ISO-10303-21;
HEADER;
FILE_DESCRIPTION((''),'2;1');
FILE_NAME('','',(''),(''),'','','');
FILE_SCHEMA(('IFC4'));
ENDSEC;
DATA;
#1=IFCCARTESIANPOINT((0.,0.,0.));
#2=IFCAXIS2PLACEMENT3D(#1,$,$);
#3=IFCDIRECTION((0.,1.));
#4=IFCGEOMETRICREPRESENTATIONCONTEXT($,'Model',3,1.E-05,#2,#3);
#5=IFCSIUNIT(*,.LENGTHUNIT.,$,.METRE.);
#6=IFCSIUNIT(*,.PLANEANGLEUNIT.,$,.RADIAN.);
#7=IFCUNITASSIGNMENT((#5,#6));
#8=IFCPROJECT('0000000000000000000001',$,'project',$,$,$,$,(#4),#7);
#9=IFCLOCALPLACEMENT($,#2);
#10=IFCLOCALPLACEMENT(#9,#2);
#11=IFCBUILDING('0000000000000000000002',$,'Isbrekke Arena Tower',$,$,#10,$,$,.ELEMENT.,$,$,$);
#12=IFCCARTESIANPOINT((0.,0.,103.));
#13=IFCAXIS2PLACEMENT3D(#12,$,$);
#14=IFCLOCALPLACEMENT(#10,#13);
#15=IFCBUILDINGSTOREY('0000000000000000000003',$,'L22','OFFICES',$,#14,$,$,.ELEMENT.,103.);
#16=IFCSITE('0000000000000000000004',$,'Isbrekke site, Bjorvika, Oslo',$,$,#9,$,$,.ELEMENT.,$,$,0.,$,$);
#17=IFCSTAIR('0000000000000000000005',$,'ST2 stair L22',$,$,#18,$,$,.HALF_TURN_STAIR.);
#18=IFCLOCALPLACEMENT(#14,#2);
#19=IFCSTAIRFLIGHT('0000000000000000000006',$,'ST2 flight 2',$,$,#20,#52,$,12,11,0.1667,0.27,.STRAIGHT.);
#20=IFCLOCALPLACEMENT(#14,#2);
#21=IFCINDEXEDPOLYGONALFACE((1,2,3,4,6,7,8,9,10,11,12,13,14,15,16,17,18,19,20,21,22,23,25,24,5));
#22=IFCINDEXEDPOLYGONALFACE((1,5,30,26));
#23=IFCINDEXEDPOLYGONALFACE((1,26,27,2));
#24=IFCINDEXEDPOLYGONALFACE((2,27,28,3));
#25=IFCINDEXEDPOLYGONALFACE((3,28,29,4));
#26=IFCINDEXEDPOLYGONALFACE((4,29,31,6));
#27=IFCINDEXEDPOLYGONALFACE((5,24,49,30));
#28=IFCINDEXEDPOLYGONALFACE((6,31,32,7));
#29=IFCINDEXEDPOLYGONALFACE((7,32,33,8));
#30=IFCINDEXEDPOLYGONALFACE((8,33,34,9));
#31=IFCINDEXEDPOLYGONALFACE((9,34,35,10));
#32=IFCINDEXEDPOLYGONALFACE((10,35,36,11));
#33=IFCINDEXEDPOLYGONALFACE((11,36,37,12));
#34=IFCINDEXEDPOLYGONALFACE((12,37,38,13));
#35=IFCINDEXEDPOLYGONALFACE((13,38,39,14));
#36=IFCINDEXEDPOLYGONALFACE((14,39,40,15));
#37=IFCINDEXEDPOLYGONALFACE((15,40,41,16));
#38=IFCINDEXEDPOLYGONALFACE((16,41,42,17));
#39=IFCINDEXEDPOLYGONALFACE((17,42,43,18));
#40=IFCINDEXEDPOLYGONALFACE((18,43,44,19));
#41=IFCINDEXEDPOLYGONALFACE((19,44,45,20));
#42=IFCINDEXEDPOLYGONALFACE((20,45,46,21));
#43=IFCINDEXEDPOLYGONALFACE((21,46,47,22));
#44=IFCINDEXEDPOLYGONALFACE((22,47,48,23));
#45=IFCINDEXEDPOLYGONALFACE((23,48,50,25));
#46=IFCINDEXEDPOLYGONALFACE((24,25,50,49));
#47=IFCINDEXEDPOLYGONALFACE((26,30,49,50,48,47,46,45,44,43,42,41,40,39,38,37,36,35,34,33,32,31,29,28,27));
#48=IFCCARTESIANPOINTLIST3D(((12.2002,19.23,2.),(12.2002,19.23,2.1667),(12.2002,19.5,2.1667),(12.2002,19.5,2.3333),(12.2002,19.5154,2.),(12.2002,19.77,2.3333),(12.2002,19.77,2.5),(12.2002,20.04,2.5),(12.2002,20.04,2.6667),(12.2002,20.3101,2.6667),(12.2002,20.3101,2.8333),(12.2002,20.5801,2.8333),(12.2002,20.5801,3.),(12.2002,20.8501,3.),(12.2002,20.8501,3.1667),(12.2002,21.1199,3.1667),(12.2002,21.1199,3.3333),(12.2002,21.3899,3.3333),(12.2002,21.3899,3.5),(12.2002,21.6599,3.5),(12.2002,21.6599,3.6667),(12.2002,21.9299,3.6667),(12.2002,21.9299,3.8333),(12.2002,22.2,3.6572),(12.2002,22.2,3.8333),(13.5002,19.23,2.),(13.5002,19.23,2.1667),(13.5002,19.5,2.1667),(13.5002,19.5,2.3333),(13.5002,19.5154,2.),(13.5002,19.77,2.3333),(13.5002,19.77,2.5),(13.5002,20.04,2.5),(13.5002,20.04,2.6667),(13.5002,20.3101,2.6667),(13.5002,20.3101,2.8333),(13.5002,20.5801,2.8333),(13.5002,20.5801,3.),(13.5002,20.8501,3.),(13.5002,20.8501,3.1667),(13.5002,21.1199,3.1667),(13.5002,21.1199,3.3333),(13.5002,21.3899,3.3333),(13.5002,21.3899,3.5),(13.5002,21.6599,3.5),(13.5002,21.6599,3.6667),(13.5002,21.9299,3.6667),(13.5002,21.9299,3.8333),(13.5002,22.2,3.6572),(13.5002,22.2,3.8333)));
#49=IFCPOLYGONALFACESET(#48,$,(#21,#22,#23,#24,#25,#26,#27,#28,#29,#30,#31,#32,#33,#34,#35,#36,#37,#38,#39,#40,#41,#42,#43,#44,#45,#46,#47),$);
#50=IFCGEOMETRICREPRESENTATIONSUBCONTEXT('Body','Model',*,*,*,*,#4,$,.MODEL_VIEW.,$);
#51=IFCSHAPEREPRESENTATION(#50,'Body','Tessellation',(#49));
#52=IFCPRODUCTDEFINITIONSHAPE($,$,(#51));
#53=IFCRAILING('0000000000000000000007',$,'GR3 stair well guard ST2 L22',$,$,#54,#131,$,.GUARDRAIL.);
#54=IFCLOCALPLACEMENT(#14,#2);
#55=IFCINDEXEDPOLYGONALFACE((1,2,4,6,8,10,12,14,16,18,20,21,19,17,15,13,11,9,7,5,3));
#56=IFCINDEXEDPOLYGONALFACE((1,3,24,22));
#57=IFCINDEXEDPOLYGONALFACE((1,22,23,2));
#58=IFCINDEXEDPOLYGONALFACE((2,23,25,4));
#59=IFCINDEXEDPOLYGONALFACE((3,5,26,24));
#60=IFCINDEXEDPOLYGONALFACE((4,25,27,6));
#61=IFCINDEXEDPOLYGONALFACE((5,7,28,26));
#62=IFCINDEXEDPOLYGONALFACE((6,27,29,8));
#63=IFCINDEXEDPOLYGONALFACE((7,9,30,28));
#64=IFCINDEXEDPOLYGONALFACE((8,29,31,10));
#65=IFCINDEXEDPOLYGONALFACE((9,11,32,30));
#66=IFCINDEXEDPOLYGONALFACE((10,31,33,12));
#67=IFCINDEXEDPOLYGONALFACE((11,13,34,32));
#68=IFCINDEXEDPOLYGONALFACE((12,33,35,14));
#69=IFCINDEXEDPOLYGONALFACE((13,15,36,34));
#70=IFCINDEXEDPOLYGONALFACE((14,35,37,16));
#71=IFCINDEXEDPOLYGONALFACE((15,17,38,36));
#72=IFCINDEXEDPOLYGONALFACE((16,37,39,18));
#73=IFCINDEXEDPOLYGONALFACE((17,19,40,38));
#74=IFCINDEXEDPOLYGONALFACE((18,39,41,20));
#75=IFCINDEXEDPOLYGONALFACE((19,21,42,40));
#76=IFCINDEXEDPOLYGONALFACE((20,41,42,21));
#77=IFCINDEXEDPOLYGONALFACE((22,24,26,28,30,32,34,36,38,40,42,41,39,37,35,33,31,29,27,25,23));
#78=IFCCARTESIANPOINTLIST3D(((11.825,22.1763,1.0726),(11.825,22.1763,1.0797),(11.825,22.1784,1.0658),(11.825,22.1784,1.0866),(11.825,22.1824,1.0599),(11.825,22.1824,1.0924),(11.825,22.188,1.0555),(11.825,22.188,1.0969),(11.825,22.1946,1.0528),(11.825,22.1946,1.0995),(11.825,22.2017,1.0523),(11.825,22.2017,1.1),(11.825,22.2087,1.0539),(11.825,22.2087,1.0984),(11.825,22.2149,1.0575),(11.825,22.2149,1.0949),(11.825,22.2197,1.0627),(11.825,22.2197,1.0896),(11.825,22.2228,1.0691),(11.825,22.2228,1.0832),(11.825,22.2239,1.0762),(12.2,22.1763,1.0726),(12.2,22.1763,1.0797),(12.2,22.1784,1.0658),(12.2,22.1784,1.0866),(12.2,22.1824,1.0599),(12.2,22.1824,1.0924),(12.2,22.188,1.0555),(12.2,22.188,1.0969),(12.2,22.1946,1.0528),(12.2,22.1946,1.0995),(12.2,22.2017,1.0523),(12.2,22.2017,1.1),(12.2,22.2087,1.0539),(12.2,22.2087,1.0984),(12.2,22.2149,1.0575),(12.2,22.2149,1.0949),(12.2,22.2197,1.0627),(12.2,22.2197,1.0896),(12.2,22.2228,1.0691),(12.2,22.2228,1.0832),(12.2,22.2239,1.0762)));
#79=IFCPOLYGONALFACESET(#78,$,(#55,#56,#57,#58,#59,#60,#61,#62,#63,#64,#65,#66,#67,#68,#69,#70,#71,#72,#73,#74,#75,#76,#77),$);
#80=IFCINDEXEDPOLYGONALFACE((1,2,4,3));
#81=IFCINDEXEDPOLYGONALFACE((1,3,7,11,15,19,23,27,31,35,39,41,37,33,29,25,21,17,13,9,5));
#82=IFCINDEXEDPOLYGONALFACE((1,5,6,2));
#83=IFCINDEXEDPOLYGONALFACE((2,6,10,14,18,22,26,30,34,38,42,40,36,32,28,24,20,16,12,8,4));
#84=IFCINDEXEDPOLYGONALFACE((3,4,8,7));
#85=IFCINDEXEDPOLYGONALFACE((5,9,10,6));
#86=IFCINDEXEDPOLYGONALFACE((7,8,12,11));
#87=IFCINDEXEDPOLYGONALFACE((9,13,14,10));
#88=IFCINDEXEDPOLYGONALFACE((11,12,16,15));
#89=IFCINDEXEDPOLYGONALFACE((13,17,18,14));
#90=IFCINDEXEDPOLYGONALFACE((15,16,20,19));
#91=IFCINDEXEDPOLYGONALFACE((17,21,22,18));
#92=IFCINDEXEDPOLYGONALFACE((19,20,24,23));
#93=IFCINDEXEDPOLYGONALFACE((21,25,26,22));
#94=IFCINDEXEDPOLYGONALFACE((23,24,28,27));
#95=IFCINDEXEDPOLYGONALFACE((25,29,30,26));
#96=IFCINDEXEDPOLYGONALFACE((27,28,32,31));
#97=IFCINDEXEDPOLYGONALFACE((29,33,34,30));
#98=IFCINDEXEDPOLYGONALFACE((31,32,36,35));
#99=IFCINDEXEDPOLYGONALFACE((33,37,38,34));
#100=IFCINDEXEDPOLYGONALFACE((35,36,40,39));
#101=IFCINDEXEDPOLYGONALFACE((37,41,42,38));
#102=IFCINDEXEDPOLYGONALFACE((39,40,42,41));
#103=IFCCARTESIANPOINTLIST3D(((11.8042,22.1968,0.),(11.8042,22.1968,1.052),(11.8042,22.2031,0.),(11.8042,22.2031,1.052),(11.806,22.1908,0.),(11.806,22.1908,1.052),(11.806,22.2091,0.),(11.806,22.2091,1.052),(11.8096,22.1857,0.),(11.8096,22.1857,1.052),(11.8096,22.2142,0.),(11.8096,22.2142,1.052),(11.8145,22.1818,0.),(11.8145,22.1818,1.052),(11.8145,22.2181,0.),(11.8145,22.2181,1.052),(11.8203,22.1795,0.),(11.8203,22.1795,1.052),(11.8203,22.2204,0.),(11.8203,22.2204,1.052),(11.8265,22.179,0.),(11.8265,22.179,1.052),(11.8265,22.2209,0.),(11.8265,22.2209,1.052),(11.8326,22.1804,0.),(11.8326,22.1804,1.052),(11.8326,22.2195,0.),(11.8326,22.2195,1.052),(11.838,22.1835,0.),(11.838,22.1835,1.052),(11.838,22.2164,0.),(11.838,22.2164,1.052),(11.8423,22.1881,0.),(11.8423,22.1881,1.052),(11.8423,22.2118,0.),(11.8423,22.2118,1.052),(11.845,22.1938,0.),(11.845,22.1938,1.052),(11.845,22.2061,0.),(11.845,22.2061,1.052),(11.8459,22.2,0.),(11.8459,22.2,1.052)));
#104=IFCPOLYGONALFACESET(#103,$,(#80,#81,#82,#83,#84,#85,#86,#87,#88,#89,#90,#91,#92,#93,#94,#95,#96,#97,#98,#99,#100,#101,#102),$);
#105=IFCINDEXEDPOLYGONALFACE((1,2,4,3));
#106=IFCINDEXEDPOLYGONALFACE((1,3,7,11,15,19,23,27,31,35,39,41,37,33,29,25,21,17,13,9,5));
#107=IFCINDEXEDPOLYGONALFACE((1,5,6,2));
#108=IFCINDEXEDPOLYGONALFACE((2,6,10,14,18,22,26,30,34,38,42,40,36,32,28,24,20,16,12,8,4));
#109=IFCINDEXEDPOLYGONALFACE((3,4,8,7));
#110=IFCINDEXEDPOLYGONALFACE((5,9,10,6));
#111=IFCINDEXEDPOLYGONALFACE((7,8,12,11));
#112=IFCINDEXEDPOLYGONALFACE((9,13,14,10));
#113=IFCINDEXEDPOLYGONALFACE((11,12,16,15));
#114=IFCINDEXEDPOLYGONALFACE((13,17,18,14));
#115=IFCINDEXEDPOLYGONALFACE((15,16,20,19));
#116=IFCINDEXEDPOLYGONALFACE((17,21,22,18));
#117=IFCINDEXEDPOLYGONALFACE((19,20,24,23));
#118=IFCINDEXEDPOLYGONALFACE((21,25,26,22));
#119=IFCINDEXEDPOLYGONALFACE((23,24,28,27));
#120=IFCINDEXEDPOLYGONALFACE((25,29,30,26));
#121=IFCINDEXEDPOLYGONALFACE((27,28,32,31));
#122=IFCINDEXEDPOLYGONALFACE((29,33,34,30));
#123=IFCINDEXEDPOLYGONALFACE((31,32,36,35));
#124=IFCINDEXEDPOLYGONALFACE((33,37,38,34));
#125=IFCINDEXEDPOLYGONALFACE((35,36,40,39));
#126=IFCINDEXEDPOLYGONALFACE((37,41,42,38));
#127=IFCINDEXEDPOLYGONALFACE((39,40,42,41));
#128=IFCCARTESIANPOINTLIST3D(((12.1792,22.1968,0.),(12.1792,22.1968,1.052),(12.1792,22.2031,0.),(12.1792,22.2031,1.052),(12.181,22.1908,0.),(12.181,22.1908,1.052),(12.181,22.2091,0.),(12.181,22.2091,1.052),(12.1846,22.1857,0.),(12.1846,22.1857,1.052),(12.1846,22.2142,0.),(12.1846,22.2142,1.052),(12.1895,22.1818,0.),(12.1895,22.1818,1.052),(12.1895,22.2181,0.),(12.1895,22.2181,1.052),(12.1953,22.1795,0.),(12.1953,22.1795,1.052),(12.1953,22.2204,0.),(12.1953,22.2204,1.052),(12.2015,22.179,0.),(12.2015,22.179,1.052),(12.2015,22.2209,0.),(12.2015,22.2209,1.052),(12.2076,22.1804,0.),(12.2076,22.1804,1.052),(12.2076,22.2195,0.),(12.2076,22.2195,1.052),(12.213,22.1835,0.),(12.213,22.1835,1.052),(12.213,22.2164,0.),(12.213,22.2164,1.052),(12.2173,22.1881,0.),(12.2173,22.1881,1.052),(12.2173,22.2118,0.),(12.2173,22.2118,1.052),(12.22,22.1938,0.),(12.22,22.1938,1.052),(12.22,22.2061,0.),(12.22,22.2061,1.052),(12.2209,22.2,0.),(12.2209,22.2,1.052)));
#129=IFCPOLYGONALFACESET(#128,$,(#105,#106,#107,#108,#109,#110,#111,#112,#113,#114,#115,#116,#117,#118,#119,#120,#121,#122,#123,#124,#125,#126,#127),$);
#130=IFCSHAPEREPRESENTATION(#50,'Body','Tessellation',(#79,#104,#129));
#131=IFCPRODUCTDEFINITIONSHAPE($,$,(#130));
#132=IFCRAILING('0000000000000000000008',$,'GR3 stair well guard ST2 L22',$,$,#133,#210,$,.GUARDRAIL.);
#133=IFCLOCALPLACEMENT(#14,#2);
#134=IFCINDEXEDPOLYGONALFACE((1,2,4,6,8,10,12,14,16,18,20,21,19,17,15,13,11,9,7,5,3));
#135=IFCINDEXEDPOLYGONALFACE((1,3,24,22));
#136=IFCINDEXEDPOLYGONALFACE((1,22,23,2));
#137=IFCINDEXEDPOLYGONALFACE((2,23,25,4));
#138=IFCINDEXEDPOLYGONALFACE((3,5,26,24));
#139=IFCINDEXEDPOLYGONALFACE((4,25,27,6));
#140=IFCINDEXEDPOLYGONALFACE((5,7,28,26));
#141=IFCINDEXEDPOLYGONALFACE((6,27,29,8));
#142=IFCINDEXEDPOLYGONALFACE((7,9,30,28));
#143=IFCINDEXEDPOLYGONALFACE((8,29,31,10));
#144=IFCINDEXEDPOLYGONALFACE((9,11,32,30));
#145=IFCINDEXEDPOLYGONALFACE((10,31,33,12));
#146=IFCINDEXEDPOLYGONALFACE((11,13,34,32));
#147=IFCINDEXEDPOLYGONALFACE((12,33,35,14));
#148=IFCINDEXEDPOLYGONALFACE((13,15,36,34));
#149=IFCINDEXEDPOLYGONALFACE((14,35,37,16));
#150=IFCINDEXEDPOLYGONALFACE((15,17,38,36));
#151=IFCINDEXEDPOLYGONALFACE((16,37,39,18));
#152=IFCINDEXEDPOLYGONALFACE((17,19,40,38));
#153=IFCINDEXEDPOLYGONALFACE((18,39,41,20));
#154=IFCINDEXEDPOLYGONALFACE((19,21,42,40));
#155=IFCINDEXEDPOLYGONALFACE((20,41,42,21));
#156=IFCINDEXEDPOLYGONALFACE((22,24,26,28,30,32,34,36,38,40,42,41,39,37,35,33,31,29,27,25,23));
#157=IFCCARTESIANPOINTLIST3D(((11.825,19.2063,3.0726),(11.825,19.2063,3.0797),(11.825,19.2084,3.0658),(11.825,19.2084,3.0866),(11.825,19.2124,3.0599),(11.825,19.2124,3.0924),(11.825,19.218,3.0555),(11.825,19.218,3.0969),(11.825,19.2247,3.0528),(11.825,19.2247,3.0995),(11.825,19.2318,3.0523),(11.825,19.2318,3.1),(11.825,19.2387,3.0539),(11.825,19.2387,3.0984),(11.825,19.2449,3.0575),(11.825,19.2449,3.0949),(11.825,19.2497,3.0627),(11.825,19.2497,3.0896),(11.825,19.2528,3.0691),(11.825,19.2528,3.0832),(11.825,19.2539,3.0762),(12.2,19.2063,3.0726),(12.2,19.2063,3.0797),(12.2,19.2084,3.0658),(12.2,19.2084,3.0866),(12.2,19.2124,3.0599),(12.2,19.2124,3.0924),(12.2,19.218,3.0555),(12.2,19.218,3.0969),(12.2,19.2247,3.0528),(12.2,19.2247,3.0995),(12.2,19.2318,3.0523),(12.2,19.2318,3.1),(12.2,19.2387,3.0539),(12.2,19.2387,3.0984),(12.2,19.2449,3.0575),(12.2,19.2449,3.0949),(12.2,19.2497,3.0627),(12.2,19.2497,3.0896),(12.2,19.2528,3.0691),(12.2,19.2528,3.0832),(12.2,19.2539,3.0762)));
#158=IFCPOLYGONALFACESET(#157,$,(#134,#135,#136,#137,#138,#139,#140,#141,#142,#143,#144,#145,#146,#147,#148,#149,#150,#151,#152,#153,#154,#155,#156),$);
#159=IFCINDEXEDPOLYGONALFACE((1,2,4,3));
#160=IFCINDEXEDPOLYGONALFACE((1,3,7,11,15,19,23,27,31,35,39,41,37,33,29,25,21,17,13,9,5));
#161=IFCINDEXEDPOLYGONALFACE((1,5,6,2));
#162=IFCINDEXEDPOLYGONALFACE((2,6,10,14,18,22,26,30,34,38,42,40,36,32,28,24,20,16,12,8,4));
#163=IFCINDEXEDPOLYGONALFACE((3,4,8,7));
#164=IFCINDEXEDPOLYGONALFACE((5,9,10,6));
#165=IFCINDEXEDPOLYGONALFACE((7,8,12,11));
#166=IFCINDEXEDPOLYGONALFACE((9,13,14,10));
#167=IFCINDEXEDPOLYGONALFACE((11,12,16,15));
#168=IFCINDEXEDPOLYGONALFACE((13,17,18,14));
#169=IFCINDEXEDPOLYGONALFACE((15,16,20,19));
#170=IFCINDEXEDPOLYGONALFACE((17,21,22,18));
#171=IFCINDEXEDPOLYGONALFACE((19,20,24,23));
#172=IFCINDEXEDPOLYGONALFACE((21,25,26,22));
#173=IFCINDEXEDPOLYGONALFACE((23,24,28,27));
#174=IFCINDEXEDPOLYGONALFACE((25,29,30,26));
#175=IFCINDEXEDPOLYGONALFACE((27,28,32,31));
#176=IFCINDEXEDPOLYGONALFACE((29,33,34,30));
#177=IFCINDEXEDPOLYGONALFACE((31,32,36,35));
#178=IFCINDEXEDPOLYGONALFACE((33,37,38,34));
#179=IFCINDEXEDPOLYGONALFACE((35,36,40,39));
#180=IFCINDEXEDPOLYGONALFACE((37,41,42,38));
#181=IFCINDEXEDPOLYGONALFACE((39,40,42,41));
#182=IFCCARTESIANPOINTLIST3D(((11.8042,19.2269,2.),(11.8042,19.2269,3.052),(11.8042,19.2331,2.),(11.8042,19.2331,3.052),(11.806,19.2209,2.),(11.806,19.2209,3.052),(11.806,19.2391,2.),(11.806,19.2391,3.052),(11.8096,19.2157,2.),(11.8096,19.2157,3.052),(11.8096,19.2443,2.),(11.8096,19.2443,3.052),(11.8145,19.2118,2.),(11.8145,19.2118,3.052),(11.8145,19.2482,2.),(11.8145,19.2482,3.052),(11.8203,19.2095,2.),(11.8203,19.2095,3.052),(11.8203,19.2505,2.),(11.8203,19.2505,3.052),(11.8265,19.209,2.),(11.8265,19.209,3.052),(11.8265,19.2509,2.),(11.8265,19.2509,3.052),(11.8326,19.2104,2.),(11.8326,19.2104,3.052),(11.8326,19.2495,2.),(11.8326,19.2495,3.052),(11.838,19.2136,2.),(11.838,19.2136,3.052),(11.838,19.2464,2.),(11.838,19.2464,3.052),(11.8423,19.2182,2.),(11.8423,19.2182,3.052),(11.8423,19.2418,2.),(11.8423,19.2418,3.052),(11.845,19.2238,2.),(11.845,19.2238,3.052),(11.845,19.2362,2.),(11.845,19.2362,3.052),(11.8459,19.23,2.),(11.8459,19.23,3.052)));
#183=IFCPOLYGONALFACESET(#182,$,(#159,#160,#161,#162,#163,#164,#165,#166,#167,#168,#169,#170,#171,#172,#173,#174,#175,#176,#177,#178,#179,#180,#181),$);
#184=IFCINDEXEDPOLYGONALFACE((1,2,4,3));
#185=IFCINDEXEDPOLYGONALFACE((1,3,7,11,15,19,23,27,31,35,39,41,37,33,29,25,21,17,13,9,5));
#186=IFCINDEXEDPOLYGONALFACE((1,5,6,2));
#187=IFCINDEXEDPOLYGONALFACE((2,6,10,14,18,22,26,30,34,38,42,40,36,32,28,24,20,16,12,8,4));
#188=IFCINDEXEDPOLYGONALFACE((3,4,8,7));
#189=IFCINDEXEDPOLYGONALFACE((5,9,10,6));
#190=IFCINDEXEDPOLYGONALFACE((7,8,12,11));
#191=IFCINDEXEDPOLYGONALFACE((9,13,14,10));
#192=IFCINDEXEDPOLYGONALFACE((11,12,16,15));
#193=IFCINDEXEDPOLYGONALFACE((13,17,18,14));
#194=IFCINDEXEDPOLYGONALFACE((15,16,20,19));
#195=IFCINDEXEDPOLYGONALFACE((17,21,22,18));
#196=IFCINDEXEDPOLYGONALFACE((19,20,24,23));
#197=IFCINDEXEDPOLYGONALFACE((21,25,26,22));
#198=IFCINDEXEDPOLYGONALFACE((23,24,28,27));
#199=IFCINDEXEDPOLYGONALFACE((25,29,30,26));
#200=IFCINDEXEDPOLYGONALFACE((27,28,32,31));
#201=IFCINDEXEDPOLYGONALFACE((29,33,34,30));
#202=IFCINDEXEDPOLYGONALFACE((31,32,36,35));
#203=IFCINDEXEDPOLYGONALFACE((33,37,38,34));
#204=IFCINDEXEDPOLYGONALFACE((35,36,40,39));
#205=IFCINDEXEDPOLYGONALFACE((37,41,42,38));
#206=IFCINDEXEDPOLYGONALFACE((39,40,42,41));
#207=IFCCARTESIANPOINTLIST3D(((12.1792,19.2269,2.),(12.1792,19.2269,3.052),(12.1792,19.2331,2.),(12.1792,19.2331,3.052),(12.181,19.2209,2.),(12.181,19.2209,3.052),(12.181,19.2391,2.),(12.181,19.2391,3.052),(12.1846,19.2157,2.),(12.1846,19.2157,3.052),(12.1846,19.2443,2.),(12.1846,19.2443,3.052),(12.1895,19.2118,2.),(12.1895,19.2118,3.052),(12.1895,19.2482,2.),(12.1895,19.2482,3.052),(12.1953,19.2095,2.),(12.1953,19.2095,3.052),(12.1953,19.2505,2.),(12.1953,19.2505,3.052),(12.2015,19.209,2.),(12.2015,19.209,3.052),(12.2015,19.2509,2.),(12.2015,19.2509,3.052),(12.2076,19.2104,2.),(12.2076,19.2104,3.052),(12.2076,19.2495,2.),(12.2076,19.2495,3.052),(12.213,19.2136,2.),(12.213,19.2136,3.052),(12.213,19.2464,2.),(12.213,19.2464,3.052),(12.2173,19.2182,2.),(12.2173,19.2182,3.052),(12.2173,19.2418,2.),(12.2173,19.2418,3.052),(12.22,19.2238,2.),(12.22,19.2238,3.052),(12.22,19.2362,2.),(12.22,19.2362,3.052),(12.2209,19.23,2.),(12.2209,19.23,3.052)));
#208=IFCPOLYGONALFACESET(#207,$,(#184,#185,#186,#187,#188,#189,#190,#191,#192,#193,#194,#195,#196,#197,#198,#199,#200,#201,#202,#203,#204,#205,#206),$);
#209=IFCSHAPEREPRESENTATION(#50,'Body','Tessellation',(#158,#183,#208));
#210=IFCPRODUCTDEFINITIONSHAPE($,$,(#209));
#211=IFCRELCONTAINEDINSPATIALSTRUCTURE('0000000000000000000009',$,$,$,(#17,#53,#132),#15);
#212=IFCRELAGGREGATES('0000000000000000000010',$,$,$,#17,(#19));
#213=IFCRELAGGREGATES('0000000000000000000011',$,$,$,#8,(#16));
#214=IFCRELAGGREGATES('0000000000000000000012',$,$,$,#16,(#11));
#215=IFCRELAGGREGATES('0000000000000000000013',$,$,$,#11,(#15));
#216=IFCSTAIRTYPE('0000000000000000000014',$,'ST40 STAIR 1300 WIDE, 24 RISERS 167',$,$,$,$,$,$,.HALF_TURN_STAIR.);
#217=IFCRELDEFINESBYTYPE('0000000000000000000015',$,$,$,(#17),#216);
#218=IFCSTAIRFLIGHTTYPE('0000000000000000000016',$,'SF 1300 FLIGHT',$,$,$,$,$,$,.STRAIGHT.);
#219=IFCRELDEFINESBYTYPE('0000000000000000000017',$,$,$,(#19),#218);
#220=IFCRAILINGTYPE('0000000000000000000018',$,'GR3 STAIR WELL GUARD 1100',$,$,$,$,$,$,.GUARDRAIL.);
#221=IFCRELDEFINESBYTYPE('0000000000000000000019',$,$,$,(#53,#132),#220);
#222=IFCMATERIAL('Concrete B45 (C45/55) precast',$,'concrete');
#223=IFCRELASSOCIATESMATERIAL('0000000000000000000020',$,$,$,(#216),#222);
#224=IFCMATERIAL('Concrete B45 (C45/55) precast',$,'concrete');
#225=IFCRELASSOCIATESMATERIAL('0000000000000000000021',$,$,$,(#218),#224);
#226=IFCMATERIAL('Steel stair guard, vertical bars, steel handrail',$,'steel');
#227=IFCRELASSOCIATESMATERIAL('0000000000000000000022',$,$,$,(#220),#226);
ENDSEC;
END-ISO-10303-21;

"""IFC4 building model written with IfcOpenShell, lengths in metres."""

from ifc_helpers import new_model, si_unit, direction, frame, origin, origin_2d, place, context, subcontext, project, spatial, polyline, circle, outline, extrude, material, type_object, element, aggregate, save


model = new_model("IFC4")

# Units and contexts
model_context = context("Model", 3, precision=1e-05, world=origin(), true_north=direction((0.0, 1.0)))
body_context = subcontext(model_context, "Body", "Model", "MODEL_VIEW")
ifc_project = project(units=[si_unit("LENGTHUNIT", "METRE"), si_unit("PLANEANGLEUNIT", "RADIAN")], contexts=[model_context])

# Site, building, storey
site_placement = place(None, origin())
site = spatial("IfcSite", under=ifc_project, at=site_placement, Name="Isbrekke site, Bjorvika, Oslo", CompositionType="ELEMENT", RefElevation=0.0)
building_placement = place(site_placement, origin())
building = spatial("IfcBuilding", under=site, at=building_placement, Name="Isbrekke Arena Tower", CompositionType="ELEMENT")
storey_placement = place(building_placement, frame((0.0, 0.0, 103.0)))
storey = spatial("IfcBuildingStorey", under=building, at=storey_placement, Name="L22", Description="OFFICES", CompositionType="ELEMENT", Elevation=103.0)

# Stair, stair flight
ifc_material_1 = material(Name="Concrete B45 (C45/55) precast", Category="concrete")
stair_type = type_object("IfcStairType", Name="ST40 STAIR 1300 WIDE, 24 RISERS 167", PredefinedType="HALF_TURN_STAIR", material=ifc_material_1)
stair_placement = place(storey_placement, origin())
stair = element("IfcStair", 1, at=stair_placement, inside=storey, type_object=stair_type, Name="ST2 stair L22", PredefinedType="HALF_TURN_STAIR")
ifc_material_2 = material(Name="Concrete B45 (C45/55) precast", Category="concrete")
stair_flight_type = type_object("IfcStairFlightType", Name="SF 1300 FLIGHT", PredefinedType="STRAIGHT", material=ifc_material_2)
stair_flight_1_placement = place(storey_placement, frame((12.8501, 19.23, 2.0), z_axis=(0.0, 0.0, 1.0), x_axis=(0.0, 1.0, 0.0)))
stair_flight_1 = element("IfcStairFlight", 2, at=stair_flight_1_placement, type_object=stair_flight_type, Name="ST2 flight 2", NumberOfRisers=12, NumberOfTreads=11, PredefinedType="STRAIGHT", RiserHeight=0.1667, TreadLength=0.27, context=body_context, shape_type="SweptSolid", body=[
    extrude(outline(polyline([(0.0, 0.0), (0.0, 0.1667), (0.27, 0.1667), (0.27, 0.3333), (0.54, 0.3333), (0.54, 0.5), (0.8101, 0.5), (0.8101, 0.6667), (1.0801, 0.6667), (1.0801, 0.8333), (1.3501, 0.8333), (1.3501, 1.0), (1.6201, 1.0), (1.6201, 1.1667), (1.8899, 1.1667), (1.8899, 1.3333), (2.1599, 1.3333), (2.1599, 1.5), (2.4299, 1.5), (2.4299, 1.6667), (2.7, 1.6667), (2.7, 1.8333), (2.97, 1.8333), (2.97, 2.0), (2.97, 1.6572), (0.2854, 0.0), (0.0, 0.0)])), frame((0.0, 0.6499, 0.0), z_axis=(0.0, -1.0, 0.0), x_axis=(1.0, 0.0, 0.0)), (0.0, 0.0, 1.0), 1.3),
])
aggregate(stair, [stair_flight_1])

# Railings
ifc_material_3 = material(Name="Steel stair guard, vertical bars, steel handrail", Category="steel")
railing_type = type_object("IfcRailingType", Name="GR3 STAIR WELL GUARD 1100", PredefinedType="GUARDRAIL", material=ifc_material_3)
for number, where, name in (
    (3, (11.825, 22.2, 0.0), "GR3 stair well guard ST2 L22"),
    (4, (11.825, 19.23, 2.0), "GR3 stair well guard ST2 L22"),
):
    element("IfcRailing", number, at=place(storey_placement, frame(where)), inside=storey, type_object=railing_type, Name=name, PredefinedType="GUARDRAIL", context=body_context, shape_type="SweptSolid", body=[
        extrude(circle(Radius=0.0239, at=origin_2d()), frame((0.0, 0.0, 1.0762), z_axis=(1.0, 0.0, 0.0), x_axis=(0.0, 1.0, 0.0)), (0.0, 0.0, 1.0), 0.375),
        extrude(circle(Radius=0.021, at=origin_2d()), origin(), (0.0, 0.0, 1.0), 1.052),
        extrude(circle(Radius=0.021, at=origin_2d()), frame((0.375, 0.0, 0.0)), (0.0, 0.0, 1.0), 1.052),
    ])

save(model, "model.ifc")
